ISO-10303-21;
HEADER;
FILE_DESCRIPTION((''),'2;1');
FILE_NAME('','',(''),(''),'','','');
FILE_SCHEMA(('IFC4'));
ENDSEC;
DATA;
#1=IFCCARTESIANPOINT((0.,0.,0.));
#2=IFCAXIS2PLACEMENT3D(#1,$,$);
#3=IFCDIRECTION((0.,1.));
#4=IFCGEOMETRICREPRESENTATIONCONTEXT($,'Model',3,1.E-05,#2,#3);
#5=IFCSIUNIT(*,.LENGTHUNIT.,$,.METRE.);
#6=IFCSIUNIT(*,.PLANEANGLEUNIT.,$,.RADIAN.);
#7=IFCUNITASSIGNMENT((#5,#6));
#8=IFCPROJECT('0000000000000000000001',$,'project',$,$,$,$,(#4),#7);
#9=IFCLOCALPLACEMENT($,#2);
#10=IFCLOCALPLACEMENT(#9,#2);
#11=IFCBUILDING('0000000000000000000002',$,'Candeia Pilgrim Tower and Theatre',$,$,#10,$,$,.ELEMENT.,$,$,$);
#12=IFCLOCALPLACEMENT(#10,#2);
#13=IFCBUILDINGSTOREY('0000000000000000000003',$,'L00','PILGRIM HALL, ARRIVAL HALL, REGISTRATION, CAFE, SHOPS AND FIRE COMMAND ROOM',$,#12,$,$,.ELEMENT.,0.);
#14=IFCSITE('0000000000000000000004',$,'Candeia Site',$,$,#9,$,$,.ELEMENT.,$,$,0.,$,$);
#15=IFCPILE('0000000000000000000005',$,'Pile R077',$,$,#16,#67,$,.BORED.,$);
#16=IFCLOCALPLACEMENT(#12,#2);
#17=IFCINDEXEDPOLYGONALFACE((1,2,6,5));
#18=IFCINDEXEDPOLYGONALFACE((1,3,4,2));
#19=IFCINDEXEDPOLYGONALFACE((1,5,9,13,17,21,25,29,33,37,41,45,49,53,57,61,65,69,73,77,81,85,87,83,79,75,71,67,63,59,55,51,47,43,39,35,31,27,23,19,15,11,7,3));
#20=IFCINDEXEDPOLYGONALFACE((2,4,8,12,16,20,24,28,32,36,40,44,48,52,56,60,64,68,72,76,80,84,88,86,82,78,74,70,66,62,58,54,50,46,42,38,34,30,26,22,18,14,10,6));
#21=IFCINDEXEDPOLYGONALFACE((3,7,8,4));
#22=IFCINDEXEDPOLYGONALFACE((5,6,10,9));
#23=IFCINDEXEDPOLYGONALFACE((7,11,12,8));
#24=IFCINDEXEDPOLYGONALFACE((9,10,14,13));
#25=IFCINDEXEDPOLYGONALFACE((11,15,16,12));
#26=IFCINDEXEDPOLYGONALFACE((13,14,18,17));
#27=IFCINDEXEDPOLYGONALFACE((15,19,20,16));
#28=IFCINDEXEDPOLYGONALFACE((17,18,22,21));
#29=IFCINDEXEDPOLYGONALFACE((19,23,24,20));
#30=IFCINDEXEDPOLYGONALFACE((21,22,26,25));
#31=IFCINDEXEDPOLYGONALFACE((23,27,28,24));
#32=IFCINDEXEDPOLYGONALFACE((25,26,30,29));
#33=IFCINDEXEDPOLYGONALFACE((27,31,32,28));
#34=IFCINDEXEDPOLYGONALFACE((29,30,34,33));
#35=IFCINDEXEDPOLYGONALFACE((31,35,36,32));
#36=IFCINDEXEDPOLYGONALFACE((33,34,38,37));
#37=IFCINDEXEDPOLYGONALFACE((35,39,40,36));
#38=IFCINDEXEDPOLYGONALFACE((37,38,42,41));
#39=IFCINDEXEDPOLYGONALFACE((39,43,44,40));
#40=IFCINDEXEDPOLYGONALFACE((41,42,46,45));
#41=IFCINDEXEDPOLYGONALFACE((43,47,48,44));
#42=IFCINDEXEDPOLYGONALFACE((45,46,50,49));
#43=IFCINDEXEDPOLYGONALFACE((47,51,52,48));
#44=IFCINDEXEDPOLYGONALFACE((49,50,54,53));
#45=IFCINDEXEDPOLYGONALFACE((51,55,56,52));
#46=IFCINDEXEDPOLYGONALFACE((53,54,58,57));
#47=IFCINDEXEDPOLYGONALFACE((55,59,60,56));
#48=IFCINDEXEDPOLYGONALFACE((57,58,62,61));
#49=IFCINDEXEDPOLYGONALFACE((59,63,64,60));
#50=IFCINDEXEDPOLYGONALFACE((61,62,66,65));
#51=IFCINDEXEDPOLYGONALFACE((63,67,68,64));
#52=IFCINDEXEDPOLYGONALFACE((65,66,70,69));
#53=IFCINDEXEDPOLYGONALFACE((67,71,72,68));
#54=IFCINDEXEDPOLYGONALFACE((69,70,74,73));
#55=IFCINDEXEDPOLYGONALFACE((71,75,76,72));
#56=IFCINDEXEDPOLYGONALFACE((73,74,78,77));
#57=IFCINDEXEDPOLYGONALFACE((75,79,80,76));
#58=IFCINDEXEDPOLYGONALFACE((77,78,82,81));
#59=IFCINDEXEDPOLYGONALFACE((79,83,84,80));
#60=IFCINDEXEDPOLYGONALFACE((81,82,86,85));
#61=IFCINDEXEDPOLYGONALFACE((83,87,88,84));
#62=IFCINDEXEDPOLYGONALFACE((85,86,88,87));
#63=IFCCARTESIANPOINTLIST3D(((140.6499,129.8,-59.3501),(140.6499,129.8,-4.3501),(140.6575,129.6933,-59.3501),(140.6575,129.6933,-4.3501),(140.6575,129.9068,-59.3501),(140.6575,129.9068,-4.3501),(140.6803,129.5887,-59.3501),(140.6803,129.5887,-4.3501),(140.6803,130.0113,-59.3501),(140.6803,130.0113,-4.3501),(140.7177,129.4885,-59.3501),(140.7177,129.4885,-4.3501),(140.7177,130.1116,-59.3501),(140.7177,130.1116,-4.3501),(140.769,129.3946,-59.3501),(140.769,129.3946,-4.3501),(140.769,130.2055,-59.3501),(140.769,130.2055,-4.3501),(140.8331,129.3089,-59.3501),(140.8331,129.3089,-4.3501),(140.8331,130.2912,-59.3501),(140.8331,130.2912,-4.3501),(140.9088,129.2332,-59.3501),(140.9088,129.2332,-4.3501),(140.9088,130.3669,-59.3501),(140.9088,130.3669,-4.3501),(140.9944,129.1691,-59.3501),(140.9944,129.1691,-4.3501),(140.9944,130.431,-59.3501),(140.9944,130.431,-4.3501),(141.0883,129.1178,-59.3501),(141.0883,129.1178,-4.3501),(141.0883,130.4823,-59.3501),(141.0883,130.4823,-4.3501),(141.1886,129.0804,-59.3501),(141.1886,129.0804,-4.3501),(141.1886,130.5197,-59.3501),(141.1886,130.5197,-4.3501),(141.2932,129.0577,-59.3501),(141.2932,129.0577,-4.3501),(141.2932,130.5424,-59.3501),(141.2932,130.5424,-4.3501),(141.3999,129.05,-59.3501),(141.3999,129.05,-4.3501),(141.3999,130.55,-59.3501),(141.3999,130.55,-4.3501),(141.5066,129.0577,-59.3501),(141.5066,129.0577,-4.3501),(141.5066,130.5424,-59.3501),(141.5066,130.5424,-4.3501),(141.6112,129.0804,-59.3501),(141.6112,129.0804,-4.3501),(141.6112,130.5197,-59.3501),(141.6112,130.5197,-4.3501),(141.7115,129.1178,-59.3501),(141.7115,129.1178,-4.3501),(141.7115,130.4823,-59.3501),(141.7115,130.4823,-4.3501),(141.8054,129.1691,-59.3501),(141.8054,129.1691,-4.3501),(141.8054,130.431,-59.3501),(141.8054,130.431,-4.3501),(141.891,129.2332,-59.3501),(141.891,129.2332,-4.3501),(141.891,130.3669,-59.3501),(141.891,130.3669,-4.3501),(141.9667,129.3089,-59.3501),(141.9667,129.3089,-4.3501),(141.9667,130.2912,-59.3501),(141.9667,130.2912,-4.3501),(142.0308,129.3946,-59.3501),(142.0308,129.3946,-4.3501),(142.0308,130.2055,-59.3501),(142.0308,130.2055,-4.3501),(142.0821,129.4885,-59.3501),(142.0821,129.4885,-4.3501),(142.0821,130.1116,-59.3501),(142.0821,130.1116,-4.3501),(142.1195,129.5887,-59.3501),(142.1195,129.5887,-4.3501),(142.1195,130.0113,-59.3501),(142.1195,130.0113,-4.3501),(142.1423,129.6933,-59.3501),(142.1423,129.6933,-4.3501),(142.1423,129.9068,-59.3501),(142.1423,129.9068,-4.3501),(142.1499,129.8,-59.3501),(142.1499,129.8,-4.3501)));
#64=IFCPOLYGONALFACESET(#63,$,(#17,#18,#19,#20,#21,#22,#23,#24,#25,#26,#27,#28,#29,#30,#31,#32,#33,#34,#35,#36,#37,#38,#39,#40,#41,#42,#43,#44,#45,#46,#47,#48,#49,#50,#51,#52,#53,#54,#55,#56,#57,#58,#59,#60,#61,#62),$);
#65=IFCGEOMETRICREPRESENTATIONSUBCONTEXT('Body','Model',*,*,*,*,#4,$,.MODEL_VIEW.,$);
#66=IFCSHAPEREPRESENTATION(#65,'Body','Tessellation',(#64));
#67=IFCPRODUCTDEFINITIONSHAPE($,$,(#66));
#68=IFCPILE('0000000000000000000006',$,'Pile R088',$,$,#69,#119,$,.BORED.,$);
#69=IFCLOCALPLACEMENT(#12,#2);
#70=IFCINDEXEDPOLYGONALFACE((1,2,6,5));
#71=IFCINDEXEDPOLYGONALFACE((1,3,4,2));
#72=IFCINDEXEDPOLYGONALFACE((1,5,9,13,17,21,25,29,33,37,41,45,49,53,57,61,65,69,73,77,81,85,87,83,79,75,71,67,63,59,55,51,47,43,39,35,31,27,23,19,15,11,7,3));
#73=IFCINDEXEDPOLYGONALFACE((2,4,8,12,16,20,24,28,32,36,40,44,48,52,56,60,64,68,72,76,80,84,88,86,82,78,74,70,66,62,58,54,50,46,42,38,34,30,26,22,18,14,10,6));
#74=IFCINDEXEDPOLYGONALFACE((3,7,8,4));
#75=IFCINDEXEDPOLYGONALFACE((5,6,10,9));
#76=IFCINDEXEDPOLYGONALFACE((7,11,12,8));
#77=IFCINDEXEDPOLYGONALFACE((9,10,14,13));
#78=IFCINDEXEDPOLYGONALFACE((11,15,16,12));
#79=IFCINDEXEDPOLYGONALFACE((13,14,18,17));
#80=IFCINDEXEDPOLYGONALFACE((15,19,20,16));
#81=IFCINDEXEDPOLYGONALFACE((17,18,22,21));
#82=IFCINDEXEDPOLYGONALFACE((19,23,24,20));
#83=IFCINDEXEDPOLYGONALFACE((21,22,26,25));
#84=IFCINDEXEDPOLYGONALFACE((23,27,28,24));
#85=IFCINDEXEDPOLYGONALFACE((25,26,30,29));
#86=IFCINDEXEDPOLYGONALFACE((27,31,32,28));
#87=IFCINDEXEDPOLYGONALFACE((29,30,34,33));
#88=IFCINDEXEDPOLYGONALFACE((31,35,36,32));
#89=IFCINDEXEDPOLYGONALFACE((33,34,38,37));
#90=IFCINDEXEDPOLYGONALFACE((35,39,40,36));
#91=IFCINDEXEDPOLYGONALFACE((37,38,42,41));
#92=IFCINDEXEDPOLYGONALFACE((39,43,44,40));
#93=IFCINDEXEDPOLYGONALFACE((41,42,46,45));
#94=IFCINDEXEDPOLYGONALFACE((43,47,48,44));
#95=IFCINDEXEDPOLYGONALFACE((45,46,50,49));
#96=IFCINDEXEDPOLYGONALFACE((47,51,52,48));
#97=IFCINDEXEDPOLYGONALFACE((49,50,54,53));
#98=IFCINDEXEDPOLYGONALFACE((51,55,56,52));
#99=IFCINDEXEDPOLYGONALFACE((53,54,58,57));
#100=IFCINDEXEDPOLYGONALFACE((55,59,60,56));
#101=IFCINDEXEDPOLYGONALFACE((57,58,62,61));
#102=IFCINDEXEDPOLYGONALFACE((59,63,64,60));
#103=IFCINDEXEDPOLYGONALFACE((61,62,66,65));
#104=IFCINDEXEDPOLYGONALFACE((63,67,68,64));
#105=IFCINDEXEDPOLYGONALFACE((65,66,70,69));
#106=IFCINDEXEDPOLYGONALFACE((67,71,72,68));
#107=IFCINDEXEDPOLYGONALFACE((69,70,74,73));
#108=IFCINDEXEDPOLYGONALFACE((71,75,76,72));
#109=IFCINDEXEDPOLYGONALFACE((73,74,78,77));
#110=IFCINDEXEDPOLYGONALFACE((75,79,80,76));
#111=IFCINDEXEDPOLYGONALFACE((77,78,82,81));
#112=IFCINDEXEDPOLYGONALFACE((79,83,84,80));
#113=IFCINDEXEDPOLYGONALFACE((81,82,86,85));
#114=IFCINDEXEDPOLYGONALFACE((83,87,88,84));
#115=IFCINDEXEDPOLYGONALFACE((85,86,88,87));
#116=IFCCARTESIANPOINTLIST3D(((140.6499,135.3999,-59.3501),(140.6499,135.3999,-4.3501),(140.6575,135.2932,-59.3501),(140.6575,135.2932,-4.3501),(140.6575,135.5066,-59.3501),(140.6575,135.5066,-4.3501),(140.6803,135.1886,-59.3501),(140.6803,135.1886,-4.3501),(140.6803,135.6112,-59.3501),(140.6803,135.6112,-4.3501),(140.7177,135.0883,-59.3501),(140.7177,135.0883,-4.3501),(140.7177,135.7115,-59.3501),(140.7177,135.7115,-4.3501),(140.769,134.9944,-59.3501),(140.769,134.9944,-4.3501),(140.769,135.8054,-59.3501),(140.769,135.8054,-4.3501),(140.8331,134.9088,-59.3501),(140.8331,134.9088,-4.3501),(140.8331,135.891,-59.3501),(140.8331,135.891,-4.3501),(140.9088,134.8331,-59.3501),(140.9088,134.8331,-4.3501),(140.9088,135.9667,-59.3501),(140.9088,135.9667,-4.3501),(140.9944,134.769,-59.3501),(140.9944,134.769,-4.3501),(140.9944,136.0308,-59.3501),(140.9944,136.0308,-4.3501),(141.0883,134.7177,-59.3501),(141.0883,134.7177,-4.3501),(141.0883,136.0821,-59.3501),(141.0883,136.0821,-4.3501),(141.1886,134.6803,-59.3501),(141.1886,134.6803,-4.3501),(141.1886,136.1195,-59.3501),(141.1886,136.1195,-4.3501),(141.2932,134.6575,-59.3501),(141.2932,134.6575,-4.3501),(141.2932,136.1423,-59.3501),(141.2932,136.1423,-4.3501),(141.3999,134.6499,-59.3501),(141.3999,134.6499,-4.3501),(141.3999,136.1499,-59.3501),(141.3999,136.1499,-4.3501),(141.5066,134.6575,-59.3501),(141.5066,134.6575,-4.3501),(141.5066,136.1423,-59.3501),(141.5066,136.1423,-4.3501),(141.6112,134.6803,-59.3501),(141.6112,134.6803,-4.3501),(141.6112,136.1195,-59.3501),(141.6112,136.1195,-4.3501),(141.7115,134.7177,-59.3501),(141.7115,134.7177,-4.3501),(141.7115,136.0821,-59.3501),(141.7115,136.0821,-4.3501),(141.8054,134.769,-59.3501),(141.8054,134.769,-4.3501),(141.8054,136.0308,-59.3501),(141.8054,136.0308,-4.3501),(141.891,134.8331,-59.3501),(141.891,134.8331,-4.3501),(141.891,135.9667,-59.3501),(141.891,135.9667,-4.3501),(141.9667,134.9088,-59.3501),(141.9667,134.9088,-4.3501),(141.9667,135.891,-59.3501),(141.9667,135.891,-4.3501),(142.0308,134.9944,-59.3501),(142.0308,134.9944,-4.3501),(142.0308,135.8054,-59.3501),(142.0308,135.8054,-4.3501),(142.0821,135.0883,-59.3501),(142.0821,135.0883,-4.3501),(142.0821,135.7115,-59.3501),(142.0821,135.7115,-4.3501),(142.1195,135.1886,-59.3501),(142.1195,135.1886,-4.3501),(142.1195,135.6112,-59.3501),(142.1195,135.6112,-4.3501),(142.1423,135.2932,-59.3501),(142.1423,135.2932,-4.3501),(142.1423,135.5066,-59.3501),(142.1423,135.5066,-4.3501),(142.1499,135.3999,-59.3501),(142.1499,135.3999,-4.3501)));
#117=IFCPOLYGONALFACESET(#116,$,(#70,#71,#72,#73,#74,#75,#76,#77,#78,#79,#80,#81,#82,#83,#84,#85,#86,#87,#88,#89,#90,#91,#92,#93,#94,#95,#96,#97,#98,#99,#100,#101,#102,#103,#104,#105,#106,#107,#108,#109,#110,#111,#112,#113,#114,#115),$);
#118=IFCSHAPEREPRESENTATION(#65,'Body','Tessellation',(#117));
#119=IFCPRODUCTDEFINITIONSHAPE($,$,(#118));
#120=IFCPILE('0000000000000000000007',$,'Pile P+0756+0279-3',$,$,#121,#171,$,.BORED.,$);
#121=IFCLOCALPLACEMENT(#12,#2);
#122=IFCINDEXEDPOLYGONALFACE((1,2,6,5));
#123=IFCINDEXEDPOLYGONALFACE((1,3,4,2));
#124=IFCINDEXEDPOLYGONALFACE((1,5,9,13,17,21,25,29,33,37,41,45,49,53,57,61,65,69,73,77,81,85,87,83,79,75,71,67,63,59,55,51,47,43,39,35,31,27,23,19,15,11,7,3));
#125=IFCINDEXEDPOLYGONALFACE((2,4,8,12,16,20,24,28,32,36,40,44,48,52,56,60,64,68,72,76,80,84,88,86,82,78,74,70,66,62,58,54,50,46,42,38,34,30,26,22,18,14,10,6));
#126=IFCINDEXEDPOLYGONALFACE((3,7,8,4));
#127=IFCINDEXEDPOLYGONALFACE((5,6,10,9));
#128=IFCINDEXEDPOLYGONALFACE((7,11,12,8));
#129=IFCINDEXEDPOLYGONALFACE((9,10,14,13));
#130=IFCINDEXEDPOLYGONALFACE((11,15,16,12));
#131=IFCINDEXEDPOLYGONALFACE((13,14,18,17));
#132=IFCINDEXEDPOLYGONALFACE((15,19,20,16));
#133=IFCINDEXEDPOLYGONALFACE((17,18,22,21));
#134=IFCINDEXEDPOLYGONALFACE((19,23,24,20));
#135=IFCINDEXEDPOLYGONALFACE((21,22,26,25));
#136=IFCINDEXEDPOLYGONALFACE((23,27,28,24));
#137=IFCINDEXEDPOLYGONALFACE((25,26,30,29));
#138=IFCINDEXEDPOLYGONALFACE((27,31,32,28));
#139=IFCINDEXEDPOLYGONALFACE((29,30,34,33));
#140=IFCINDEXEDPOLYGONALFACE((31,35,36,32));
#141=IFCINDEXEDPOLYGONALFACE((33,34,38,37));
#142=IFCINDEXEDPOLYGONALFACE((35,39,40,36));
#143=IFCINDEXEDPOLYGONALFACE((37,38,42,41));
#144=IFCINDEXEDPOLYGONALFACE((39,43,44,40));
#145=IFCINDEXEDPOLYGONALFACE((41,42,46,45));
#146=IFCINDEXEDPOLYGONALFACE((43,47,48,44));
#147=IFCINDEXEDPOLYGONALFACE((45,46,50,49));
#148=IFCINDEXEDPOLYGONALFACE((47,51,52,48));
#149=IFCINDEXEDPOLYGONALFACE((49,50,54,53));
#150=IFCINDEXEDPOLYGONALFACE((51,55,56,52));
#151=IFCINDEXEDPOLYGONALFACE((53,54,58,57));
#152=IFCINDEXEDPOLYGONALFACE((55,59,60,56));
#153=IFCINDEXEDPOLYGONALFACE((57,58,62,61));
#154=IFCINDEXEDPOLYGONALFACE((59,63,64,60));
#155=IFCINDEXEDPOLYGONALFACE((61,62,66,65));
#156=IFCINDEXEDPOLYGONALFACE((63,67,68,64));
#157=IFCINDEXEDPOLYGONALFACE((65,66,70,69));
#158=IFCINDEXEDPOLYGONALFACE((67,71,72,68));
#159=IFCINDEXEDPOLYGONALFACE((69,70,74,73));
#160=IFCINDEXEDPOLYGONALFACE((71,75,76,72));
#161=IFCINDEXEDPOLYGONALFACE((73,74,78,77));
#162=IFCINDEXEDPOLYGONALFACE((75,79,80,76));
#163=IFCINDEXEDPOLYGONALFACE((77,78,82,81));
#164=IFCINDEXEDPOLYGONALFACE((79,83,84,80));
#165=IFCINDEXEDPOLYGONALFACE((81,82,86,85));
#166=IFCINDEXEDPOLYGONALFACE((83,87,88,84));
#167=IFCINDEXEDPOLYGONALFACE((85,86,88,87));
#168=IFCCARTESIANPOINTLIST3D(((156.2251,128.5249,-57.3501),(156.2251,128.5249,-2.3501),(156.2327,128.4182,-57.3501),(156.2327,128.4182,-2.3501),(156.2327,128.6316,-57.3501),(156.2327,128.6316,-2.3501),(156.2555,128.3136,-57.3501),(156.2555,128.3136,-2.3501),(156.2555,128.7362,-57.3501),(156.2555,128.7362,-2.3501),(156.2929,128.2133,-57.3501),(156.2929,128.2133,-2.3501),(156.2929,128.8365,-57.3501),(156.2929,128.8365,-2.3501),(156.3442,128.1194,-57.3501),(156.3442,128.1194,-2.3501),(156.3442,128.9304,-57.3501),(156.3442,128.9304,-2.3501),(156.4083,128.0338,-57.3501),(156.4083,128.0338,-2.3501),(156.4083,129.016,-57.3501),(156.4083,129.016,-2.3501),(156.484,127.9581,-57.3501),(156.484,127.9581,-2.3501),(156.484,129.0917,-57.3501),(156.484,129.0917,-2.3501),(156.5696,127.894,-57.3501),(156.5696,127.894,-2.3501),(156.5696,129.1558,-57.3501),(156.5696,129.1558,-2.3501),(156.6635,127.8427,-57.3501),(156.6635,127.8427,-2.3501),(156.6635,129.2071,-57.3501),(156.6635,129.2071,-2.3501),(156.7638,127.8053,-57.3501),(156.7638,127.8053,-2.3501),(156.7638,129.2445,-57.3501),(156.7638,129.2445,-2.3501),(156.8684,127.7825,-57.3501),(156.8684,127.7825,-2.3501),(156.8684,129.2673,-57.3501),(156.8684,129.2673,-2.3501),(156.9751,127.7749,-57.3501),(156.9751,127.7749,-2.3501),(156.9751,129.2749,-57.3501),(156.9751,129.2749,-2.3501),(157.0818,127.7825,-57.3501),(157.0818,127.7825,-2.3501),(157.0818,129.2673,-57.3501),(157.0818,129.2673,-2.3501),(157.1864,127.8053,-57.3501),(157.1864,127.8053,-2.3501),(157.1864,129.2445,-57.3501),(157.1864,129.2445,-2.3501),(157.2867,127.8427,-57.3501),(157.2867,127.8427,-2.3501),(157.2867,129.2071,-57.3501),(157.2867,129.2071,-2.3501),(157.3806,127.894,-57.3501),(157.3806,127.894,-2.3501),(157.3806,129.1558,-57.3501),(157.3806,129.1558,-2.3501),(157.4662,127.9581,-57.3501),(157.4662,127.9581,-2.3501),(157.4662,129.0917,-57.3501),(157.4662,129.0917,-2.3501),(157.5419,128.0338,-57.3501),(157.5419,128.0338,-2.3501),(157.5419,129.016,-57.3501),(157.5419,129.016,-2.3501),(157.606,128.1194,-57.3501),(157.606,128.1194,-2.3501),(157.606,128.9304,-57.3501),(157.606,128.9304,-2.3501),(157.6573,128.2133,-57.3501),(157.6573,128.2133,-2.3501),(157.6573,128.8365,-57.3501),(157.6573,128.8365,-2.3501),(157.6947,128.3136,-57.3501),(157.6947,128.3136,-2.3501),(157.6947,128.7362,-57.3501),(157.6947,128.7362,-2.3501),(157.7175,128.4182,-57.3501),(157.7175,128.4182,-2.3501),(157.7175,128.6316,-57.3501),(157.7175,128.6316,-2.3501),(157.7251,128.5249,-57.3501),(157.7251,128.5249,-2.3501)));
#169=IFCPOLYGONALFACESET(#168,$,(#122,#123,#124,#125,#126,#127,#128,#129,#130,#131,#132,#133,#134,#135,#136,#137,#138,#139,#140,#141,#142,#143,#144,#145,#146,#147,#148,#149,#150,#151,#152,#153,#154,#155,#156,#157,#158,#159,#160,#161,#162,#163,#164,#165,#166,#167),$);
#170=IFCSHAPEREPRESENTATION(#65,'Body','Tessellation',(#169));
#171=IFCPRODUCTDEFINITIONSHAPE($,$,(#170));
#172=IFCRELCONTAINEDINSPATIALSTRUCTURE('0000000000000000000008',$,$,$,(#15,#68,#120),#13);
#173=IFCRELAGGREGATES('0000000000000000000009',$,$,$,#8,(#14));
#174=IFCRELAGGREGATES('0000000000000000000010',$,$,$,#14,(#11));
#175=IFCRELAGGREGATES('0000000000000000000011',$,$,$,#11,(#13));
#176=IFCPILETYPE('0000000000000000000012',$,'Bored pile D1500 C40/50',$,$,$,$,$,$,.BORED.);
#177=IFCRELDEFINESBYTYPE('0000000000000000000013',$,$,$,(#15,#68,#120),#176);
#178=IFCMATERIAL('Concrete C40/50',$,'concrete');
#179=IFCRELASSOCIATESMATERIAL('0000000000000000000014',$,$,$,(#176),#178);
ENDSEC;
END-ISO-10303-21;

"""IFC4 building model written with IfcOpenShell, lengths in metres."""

from ifc_helpers import new_model, si_unit, direction, frame, origin, origin_2d, place, context, subcontext, project, spatial, circle, extrude, material, material_profile, profile_set, type_object, element, save


model = new_model("IFC4")

# Units and contexts
model_context = context("Model", 3, precision=1e-05, world=origin(), true_north=direction((0.0, 1.0)))
body_context = subcontext(model_context, "Body", "Model", "MODEL_VIEW")
ifc_project = project(units=[si_unit("LENGTHUNIT", "METRE"), si_unit("PLANEANGLEUNIT", "RADIAN")], contexts=[model_context])

# Site, building, storey
site_placement = place(None, origin())
site = spatial("IfcSite", under=ifc_project, at=site_placement, Name="Candeia Site", CompositionType="ELEMENT", RefElevation=0.0)
building_placement = place(site_placement, origin())
building = spatial("IfcBuilding", under=site, at=building_placement, Name="Candeia Pilgrim Tower and Theatre", CompositionType="ELEMENT")
storey_placement = place(building_placement, origin())
storey = spatial("IfcBuildingStorey", under=building, at=storey_placement, Name="L00", Description="PILGRIM HALL, ARRIVAL HALL, REGISTRATION, CAFE, SHOPS AND FIRE COMMAND ROOM", CompositionType="ELEMENT", Elevation=0.0)

# Piles
ifc_material_1 = material(Name="Concrete C40/50", Category="concrete")
ifc_material_profile_1 = material_profile(ifc_material_1, circle(Radius=0.75, at=origin_2d()))
ifc_profile_set_1 = profile_set([ifc_material_profile_1], Name="Concrete C40/50")
pile_type = type_object("IfcPileType", Name="Bored pile D1500 C40/50", PredefinedType="BORED", material=ifc_profile_set_1)
for number, where, z_axis, x_axis, name in (
    (1, (141.3999, 129.8, -4.3501), (0.0, 0.0, -1.0), (1.0, 0.0, 0.0), "Pile R077"),
    (2, (141.3999, 135.3999, -4.3501), (0.0, 0.0, -1.0), (1.0, 0.0, 0.0), "Pile R088"),
    (3, (156.9751, 128.5249, -2.3501), (0.0, 0.0, -1.0), (1.0, 0.0, 0.0), "Pile P+0756+0279-3"),
):
    element("IfcPile", number, at=place(storey_placement, frame(where, z_axis=z_axis, x_axis=x_axis)), inside=storey, type_object=pile_type, Name=name, PredefinedType="BORED", context=body_context, shape_type="SweptSolid", body=[
        extrude(circle(Radius=0.75, at=origin_2d()), origin(), (0.0, 0.0, 1.0), 55.0),
    ])

save(model, "model.ifc")
